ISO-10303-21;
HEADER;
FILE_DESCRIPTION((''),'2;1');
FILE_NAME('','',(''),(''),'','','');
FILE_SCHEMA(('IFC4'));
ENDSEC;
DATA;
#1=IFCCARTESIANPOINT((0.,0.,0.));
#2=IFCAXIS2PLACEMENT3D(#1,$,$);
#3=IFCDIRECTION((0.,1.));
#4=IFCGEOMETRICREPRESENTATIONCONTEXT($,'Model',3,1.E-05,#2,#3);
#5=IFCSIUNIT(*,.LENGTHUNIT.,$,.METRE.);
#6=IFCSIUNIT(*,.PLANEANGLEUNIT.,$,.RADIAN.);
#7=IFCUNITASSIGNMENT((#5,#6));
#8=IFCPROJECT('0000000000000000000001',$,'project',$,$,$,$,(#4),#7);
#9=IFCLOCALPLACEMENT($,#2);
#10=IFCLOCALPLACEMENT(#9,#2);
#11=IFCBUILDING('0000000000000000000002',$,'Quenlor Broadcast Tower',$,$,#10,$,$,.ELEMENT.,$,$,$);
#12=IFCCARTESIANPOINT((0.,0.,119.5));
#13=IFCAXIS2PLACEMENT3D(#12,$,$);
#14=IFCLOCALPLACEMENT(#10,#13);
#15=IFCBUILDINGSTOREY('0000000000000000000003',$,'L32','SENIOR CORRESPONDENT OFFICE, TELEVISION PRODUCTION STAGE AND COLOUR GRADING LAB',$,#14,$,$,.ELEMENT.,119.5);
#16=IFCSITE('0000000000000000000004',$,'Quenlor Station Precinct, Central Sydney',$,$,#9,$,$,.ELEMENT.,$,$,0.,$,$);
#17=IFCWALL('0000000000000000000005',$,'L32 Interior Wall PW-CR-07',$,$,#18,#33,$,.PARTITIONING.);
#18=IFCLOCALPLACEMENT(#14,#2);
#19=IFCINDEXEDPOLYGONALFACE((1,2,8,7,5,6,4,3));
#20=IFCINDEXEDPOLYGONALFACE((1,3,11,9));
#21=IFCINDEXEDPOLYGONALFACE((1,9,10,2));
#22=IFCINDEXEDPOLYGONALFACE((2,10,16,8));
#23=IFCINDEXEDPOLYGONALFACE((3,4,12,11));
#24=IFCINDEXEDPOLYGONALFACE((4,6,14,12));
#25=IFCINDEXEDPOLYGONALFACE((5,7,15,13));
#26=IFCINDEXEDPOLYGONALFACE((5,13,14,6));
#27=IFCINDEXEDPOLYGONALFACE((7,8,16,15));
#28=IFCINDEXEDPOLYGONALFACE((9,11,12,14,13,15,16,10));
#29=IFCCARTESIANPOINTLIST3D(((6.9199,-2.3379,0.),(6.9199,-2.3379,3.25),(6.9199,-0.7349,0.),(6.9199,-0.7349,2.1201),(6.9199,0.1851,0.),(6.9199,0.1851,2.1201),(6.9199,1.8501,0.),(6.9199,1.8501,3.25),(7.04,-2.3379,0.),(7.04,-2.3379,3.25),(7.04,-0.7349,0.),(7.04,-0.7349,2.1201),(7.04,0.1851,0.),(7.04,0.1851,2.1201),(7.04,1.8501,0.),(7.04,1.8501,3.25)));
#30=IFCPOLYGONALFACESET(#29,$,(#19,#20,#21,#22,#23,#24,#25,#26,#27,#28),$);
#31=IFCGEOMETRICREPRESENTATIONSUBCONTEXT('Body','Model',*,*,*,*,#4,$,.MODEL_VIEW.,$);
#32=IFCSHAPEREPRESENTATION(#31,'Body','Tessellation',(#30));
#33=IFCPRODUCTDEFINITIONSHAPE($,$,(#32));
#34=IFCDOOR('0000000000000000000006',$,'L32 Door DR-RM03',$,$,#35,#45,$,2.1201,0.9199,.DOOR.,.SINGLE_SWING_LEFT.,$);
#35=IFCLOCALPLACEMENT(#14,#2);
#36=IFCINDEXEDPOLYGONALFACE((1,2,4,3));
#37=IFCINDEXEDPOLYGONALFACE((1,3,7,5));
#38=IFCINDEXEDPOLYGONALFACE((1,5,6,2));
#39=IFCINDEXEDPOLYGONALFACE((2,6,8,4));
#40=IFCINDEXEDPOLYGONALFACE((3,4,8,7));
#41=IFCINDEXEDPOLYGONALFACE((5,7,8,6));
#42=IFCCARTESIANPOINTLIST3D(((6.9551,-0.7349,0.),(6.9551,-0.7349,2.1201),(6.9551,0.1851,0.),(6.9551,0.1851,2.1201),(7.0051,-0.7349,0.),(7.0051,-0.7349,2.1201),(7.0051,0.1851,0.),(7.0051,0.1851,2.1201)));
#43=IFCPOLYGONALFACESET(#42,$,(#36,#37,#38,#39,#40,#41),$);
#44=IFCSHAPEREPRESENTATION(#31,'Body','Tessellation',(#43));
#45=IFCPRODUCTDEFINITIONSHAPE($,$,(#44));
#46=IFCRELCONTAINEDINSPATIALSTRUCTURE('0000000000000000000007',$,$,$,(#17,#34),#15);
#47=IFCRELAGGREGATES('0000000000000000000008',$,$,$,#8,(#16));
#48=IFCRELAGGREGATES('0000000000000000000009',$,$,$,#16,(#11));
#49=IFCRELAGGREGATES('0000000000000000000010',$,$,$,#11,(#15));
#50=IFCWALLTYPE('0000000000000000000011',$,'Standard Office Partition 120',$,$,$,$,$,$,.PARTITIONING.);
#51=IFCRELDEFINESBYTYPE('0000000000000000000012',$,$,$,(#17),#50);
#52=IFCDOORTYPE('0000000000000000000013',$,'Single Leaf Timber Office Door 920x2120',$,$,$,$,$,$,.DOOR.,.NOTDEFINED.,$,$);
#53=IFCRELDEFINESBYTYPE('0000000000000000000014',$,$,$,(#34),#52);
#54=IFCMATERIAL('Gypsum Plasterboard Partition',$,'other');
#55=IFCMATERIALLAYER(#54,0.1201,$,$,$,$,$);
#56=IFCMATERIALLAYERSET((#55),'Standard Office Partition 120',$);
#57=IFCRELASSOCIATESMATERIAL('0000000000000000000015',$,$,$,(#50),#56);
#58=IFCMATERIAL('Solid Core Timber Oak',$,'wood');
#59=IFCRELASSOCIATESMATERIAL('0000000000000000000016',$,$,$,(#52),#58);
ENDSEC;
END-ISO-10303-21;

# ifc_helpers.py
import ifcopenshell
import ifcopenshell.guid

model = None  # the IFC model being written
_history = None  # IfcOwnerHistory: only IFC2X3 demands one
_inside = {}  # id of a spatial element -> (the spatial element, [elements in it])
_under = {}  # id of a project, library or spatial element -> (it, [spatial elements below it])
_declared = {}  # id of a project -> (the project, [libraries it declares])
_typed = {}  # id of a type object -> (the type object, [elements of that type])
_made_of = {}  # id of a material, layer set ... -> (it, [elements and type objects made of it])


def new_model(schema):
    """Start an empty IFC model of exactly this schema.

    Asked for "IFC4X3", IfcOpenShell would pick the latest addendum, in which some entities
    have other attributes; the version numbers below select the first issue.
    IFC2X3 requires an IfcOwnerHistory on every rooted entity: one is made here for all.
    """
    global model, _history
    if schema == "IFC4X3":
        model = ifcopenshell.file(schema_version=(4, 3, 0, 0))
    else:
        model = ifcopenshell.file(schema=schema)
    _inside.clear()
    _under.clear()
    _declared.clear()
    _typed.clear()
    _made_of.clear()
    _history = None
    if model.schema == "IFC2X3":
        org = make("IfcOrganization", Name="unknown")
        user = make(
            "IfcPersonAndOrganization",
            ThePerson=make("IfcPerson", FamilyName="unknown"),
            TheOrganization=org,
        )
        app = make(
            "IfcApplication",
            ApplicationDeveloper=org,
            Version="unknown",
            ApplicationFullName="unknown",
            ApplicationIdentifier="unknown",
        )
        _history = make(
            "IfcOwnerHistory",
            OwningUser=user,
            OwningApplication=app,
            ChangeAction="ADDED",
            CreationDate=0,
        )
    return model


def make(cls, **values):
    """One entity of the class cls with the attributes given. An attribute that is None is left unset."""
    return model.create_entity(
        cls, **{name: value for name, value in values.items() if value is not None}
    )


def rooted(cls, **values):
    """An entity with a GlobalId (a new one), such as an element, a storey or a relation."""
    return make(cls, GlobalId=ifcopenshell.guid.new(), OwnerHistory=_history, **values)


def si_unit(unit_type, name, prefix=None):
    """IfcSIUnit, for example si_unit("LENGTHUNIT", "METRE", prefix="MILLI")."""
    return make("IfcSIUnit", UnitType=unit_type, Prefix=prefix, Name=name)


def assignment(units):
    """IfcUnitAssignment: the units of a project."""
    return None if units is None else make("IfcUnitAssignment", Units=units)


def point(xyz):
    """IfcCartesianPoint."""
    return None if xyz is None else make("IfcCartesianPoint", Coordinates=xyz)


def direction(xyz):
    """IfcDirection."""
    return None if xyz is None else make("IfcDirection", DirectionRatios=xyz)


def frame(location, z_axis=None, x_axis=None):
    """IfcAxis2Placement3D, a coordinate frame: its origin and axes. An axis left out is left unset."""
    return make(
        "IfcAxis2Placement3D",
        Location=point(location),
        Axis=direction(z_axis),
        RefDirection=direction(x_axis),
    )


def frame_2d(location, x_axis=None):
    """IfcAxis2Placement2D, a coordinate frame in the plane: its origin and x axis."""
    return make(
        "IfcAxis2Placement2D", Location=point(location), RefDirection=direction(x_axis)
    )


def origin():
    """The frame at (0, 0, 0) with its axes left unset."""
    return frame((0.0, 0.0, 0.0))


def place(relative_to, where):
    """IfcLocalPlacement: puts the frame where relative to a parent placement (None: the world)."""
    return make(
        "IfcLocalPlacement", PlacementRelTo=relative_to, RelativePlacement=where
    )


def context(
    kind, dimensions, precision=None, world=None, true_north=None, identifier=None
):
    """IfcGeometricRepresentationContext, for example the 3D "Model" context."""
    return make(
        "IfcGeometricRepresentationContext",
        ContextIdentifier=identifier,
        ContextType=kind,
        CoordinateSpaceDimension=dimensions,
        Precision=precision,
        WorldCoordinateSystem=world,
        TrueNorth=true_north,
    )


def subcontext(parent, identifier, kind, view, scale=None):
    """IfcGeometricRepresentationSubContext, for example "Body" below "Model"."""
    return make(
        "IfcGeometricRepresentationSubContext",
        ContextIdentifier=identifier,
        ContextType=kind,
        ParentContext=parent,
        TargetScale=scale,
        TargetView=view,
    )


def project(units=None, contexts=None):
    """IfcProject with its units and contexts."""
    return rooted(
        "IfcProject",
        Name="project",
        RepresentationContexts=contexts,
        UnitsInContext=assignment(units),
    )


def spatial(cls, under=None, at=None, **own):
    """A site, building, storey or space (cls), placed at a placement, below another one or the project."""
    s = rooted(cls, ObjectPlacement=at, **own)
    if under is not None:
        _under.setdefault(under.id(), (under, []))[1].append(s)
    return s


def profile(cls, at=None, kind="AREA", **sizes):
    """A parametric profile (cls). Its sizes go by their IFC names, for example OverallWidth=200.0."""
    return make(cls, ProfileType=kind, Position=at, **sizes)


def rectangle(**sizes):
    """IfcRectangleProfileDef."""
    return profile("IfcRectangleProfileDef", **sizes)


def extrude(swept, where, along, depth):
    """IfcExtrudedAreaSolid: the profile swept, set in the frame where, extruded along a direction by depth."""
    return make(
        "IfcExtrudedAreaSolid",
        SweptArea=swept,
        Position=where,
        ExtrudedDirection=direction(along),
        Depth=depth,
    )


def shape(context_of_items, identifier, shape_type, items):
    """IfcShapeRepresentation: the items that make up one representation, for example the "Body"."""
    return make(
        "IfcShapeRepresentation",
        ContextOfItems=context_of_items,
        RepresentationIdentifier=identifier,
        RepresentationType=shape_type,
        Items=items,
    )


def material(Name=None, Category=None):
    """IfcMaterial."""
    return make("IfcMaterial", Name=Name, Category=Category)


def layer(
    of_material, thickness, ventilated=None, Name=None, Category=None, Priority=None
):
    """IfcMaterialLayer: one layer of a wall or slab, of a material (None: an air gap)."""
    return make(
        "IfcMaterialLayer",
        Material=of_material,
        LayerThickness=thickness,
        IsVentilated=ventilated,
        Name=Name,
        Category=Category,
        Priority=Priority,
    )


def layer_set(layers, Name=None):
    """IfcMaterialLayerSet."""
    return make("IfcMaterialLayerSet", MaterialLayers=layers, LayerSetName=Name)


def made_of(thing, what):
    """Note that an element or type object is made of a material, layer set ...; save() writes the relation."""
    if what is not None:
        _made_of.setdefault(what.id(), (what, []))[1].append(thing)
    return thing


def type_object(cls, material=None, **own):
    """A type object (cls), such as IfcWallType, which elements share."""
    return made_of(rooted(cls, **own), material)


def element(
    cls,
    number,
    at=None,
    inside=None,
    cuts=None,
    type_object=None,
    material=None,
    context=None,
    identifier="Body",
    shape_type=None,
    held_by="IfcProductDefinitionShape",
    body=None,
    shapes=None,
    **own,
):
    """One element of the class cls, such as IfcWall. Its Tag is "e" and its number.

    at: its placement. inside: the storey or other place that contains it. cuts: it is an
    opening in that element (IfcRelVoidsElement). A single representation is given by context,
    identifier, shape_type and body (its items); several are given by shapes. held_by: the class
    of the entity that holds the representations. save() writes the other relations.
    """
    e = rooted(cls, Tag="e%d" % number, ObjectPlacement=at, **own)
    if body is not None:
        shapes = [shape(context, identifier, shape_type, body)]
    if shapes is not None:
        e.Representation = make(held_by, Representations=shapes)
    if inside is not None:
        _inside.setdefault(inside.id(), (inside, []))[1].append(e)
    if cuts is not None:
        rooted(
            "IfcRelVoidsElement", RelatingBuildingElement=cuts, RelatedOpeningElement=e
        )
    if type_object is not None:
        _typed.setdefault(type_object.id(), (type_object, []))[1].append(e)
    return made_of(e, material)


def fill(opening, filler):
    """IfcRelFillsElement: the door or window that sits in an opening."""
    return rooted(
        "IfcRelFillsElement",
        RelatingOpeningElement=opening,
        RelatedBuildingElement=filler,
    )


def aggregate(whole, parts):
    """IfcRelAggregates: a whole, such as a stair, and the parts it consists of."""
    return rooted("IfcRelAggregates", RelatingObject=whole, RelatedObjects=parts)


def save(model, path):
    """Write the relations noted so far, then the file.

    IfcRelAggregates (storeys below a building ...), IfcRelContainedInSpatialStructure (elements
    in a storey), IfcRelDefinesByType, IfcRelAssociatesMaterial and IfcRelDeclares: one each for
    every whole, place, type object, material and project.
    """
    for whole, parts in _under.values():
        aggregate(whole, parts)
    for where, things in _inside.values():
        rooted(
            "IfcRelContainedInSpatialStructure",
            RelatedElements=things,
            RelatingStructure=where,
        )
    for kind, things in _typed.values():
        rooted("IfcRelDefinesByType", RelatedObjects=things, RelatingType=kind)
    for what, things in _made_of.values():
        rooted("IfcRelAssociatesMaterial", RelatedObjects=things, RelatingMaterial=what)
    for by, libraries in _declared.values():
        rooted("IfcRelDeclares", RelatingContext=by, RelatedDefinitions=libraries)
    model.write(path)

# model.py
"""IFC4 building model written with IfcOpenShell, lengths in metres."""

from ifc_helpers import new_model, si_unit, direction, frame, frame_2d, origin, place, context, subcontext, project, spatial, rectangle, extrude, material, layer, layer_set, type_object, element, fill, save


model = new_model("IFC4")

# Units and contexts
model_context = context("Model", 3, precision=1e-05, world=origin(), true_north=direction((0.0, 1.0)))
body_context = subcontext(model_context, "Body", "Model", "MODEL_VIEW")
ifc_project = project(units=[si_unit("LENGTHUNIT", "METRE"), si_unit("PLANEANGLEUNIT", "RADIAN")], contexts=[model_context])

# Site, building, storey
site_placement = place(None, origin())
site = spatial("IfcSite", under=ifc_project, at=site_placement, Name="Quenlor Station Precinct, Central Sydney", CompositionType="ELEMENT", RefElevation=0.0)
building_placement = place(site_placement, origin())
building = spatial("IfcBuilding", under=site, at=building_placement, Name="Quenlor Broadcast Tower", CompositionType="ELEMENT")
storey_placement = place(building_placement, frame((0.0, 0.0, 119.5)))
storey = spatial("IfcBuildingStorey", under=building, at=storey_placement, Name="L32", Description="SENIOR CORRESPONDENT OFFICE, TELEVISION PRODUCTION STAGE AND COLOUR GRADING LAB", CompositionType="ELEMENT", Elevation=119.5)

# Wall, opening, door
ifc_material_1 = material(Name="Gypsum Plasterboard Partition", Category="other")
ifc_layer_1 = layer(ifc_material_1, 0.1201)
ifc_layer_set_1 = layer_set([ifc_layer_1], Name="Standard Office Partition 120")
wall_type_1 = type_object("IfcWallType", Name="Standard Office Partition 120", PredefinedType="PARTITIONING", material=ifc_layer_set_1)
wall_1_placement = place(storey_placement, frame((6.98, -2.3379, 0.0), z_axis=(0.0, 0.0, 1.0), x_axis=(0.0, 1.0, 0.0)))
wall_1 = element("IfcWall", 1, at=wall_1_placement, inside=storey, type_object=wall_type_1, Name="L32 Interior Wall PW-CR-07", PredefinedType="PARTITIONING", context=body_context, shape_type="SweptSolid", body=[
    extrude(rectangle(XDim=4.188, YDim=0.1201, at=frame_2d((2.094, 0.0))), origin(), (0.0, 0.0, 1.0), 3.25),
])
opening_1_placement = place(wall_1_placement, frame((1.603, 0.0, 0.0)))
opening_1 = element("IfcOpeningElement", 2, at=opening_1_placement, cuts=wall_1, PredefinedType="OPENING", context=body_context, shape_type="SweptSolid", body=[
    extrude(rectangle(XDim=0.9199, YDim=2.1201, at=frame_2d((0.46, 1.0601))), frame((0.0, 0.0701, 0.0), z_axis=(0.0, -1.0, 0.0), x_axis=(1.0, 0.0, 0.0)), (0.0, 0.0, 1.0), 0.1401),
])
ifc_material_2 = material(Name="Solid Core Timber Oak", Category="wood")
door_type_1 = type_object("IfcDoorType", Name="Single Leaf Timber Office Door 920x2120", OperationType="NOTDEFINED", PredefinedType="DOOR", material=ifc_material_2)
door_1_placement = place(opening_1_placement, origin())
door_1 = element("IfcDoor", 3, at=door_1_placement, inside=storey, type_object=door_type_1, Name="L32 Door DR-RM03", OperationType="SINGLE_SWING_LEFT", OverallHeight=2.1201, OverallWidth=0.9199, PredefinedType="DOOR", context=body_context, shape_type="SweptSolid", body=[
    extrude(rectangle(XDim=0.9199, YDim=2.1201, at=frame_2d((0.46, 1.0601))), frame((0.0, 0.0249, 0.0), z_axis=(0.0, -1.0, 0.0), x_axis=(1.0, 0.0, 0.0)), (0.0, 0.0, 1.0), 0.05),
])
fill(opening_1, door_1)

save(model, "model.ifc")
